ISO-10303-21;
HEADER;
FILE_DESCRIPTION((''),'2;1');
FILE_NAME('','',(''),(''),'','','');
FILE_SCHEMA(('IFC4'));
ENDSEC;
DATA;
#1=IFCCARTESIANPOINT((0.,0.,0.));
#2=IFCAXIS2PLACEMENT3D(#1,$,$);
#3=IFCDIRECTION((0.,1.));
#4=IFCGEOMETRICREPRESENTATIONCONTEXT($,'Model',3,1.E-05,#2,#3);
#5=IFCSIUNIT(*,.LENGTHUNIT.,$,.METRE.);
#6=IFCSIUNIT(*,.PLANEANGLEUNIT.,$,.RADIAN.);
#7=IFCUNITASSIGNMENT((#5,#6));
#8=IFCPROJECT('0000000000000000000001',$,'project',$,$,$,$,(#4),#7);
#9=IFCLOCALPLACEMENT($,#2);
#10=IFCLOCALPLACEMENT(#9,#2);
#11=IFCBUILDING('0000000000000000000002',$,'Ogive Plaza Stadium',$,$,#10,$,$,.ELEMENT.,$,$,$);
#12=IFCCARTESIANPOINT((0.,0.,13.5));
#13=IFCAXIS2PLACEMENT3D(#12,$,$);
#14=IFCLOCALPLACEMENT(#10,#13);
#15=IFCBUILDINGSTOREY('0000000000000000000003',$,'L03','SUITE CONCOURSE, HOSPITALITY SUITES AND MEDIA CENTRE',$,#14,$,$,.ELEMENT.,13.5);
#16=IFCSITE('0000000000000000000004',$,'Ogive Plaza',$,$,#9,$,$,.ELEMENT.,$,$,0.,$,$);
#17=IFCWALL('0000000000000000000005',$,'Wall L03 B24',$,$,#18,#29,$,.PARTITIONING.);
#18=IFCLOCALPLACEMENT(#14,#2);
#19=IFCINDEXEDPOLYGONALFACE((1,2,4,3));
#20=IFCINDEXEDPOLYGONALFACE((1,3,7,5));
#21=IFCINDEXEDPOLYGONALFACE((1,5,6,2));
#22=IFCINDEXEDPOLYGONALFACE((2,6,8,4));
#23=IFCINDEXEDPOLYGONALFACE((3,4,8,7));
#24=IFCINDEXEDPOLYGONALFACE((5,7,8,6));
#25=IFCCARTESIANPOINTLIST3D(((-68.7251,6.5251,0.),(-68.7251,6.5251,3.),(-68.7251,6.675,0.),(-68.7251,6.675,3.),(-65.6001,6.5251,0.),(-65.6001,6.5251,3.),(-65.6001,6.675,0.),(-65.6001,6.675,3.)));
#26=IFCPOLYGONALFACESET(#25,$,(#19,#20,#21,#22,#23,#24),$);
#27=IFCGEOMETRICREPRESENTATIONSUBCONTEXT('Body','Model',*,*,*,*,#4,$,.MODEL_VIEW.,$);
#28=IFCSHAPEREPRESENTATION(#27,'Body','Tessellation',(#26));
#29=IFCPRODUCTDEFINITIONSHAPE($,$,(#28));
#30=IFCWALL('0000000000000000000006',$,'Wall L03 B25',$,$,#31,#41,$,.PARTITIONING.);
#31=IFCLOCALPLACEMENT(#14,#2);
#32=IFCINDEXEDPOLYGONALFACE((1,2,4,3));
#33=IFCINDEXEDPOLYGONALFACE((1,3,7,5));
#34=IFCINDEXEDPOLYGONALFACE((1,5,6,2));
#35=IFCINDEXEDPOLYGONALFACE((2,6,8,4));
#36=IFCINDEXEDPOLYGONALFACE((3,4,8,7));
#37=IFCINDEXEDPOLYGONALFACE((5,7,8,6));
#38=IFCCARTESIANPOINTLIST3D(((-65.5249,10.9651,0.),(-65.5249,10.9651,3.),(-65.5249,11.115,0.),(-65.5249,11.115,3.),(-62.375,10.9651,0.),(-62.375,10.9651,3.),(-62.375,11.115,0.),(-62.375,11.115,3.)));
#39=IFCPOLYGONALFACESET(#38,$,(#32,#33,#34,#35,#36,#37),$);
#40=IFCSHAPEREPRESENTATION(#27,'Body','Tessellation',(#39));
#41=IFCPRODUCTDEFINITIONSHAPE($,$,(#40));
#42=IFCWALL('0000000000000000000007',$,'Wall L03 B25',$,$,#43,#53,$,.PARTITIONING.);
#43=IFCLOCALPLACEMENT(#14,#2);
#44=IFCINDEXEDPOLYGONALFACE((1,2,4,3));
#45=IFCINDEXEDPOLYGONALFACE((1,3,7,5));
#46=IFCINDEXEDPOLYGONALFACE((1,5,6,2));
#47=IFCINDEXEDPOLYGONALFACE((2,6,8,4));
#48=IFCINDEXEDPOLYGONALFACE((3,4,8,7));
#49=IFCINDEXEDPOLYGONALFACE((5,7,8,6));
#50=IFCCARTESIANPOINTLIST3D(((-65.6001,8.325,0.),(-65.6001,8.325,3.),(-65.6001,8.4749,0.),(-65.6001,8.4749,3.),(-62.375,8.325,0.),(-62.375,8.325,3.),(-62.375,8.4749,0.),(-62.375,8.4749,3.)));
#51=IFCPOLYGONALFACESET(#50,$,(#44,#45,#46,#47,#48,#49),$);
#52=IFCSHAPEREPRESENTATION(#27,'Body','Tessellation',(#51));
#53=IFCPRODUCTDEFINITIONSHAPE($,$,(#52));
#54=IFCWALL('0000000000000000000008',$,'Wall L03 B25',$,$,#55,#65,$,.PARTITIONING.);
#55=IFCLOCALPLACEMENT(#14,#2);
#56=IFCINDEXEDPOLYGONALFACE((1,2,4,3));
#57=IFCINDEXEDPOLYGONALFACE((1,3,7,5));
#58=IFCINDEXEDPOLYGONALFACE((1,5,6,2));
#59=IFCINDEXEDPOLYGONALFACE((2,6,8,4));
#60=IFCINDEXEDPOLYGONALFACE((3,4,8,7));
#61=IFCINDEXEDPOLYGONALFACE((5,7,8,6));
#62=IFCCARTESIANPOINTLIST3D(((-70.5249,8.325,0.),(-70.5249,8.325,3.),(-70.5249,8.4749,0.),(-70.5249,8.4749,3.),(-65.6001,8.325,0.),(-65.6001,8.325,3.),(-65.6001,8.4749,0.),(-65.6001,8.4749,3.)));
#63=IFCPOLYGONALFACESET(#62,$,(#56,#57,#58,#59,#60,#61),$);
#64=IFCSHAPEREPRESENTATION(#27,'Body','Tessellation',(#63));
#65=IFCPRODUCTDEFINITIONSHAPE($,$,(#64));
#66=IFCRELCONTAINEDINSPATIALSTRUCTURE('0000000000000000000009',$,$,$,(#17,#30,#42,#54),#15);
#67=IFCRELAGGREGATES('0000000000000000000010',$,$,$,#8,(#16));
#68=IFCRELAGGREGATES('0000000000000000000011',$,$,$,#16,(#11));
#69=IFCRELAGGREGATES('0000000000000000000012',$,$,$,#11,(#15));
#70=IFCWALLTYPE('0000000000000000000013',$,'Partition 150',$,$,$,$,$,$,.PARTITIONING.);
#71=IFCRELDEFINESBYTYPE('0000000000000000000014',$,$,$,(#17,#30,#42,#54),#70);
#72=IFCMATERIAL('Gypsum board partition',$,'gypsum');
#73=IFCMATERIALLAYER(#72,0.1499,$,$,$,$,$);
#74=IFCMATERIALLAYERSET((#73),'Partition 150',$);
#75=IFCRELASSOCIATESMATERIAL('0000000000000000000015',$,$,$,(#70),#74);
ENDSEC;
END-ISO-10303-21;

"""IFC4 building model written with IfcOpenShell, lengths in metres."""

from ifc_helpers import new_model, si_unit, direction, frame, frame_2d, origin, place, context, subcontext, project, spatial, rectangle, extrude, material, layer, layer_set, type_object, element, save


model = new_model("IFC4")

# Units and contexts
model_context = context("Model", 3, precision=1e-05, world=origin(), true_north=direction((0.0, 1.0)))
body_context = subcontext(model_context, "Body", "Model", "MODEL_VIEW")
ifc_project = project(units=[si_unit("LENGTHUNIT", "METRE"), si_unit("PLANEANGLEUNIT", "RADIAN")], contexts=[model_context])

# Site, building, storey
site_placement = place(None, origin())
site = spatial("IfcSite", under=ifc_project, at=site_placement, Name="Ogive Plaza", CompositionType="ELEMENT", RefElevation=0.0)
building_placement = place(site_placement, origin())
building = spatial("IfcBuilding", under=site, at=building_placement, Name="Ogive Plaza Stadium", CompositionType="ELEMENT")
storey_placement = place(building_placement, frame((0.0, 0.0, 13.5)))
storey = spatial("IfcBuildingStorey", under=building, at=storey_placement, Name="L03", Description="SUITE CONCOURSE, HOSPITALITY SUITES AND MEDIA CENTRE", CompositionType="ELEMENT", Elevation=13.5)

# Walls
ifc_material_1 = material(Name="Gypsum board partition", Category="gypsum")
ifc_layer_1 = layer(ifc_material_1, 0.1499)
ifc_layer_set_1 = layer_set([ifc_layer_1], Name="Partition 150")
wall_type_1 = type_object("IfcWallType", Name="Partition 150", PredefinedType="PARTITIONING", material=ifc_layer_set_1)
wall_1_placement = place(storey_placement, frame((-65.6001, 6.6001, 0.0), z_axis=(0.0, 0.0, 1.0), x_axis=(-1.0, 0.0, 0.0)))
element("IfcWall", 1, at=wall_1_placement, inside=storey, type_object=wall_type_1, Name="Wall L03 B24", PredefinedType="PARTITIONING", context=body_context, shape_type="SweptSolid", body=[
    extrude(rectangle(XDim=3.125, YDim=0.1499, at=frame_2d((1.5625, 0.0))), origin(), (0.0, 0.0, 1.0), 3.0),
])
wall_2_placement = place(storey_placement, frame((-62.375, 11.04, 0.0), z_axis=(0.0, 0.0, 1.0), x_axis=(-1.0, 0.0, 0.0)))
element("IfcWall", 2, at=wall_2_placement, inside=storey, type_object=wall_type_1, Name="Wall L03 B25", PredefinedType="PARTITIONING", context=body_context, shape_type="SweptSolid", body=[
    extrude(rectangle(XDim=3.1499, YDim=0.1499, at=frame_2d((1.575, 0.0))), origin(), (0.0, 0.0, 1.0), 3.0),
])
wall_3_placement = place(storey_placement, frame((-62.375, 8.3999, 0.0), z_axis=(0.0, 0.0, 1.0), x_axis=(-1.0, 0.0, 0.0)))
element("IfcWall", 3, at=wall_3_placement, inside=storey, type_object=wall_type_1, Name="Wall L03 B25", PredefinedType="PARTITIONING", context=body_context, shape_type="SweptSolid", body=[
    extrude(rectangle(XDim=3.2251, YDim=0.1499, at=frame_2d((1.6125, 0.0))), origin(), (0.0, 0.0, 1.0), 3.0),
])
wall_4_placement = place(storey_placement, frame((-65.6001, 8.3999, 0.0), z_axis=(0.0, 0.0, 1.0), x_axis=(-1.0, 0.0, 0.0)))
element("IfcWall", 4, at=wall_4_placement, inside=storey, type_object=wall_type_1, Name="Wall L03 B25", PredefinedType="PARTITIONING", context=body_context, shape_type="SweptSolid", body=[
    extrude(rectangle(XDim=4.9248, YDim=0.1499, at=frame_2d((2.4624, 0.0))), origin(), (0.0, 0.0, 1.0), 3.0),
])

save(model, "model.ifc")
